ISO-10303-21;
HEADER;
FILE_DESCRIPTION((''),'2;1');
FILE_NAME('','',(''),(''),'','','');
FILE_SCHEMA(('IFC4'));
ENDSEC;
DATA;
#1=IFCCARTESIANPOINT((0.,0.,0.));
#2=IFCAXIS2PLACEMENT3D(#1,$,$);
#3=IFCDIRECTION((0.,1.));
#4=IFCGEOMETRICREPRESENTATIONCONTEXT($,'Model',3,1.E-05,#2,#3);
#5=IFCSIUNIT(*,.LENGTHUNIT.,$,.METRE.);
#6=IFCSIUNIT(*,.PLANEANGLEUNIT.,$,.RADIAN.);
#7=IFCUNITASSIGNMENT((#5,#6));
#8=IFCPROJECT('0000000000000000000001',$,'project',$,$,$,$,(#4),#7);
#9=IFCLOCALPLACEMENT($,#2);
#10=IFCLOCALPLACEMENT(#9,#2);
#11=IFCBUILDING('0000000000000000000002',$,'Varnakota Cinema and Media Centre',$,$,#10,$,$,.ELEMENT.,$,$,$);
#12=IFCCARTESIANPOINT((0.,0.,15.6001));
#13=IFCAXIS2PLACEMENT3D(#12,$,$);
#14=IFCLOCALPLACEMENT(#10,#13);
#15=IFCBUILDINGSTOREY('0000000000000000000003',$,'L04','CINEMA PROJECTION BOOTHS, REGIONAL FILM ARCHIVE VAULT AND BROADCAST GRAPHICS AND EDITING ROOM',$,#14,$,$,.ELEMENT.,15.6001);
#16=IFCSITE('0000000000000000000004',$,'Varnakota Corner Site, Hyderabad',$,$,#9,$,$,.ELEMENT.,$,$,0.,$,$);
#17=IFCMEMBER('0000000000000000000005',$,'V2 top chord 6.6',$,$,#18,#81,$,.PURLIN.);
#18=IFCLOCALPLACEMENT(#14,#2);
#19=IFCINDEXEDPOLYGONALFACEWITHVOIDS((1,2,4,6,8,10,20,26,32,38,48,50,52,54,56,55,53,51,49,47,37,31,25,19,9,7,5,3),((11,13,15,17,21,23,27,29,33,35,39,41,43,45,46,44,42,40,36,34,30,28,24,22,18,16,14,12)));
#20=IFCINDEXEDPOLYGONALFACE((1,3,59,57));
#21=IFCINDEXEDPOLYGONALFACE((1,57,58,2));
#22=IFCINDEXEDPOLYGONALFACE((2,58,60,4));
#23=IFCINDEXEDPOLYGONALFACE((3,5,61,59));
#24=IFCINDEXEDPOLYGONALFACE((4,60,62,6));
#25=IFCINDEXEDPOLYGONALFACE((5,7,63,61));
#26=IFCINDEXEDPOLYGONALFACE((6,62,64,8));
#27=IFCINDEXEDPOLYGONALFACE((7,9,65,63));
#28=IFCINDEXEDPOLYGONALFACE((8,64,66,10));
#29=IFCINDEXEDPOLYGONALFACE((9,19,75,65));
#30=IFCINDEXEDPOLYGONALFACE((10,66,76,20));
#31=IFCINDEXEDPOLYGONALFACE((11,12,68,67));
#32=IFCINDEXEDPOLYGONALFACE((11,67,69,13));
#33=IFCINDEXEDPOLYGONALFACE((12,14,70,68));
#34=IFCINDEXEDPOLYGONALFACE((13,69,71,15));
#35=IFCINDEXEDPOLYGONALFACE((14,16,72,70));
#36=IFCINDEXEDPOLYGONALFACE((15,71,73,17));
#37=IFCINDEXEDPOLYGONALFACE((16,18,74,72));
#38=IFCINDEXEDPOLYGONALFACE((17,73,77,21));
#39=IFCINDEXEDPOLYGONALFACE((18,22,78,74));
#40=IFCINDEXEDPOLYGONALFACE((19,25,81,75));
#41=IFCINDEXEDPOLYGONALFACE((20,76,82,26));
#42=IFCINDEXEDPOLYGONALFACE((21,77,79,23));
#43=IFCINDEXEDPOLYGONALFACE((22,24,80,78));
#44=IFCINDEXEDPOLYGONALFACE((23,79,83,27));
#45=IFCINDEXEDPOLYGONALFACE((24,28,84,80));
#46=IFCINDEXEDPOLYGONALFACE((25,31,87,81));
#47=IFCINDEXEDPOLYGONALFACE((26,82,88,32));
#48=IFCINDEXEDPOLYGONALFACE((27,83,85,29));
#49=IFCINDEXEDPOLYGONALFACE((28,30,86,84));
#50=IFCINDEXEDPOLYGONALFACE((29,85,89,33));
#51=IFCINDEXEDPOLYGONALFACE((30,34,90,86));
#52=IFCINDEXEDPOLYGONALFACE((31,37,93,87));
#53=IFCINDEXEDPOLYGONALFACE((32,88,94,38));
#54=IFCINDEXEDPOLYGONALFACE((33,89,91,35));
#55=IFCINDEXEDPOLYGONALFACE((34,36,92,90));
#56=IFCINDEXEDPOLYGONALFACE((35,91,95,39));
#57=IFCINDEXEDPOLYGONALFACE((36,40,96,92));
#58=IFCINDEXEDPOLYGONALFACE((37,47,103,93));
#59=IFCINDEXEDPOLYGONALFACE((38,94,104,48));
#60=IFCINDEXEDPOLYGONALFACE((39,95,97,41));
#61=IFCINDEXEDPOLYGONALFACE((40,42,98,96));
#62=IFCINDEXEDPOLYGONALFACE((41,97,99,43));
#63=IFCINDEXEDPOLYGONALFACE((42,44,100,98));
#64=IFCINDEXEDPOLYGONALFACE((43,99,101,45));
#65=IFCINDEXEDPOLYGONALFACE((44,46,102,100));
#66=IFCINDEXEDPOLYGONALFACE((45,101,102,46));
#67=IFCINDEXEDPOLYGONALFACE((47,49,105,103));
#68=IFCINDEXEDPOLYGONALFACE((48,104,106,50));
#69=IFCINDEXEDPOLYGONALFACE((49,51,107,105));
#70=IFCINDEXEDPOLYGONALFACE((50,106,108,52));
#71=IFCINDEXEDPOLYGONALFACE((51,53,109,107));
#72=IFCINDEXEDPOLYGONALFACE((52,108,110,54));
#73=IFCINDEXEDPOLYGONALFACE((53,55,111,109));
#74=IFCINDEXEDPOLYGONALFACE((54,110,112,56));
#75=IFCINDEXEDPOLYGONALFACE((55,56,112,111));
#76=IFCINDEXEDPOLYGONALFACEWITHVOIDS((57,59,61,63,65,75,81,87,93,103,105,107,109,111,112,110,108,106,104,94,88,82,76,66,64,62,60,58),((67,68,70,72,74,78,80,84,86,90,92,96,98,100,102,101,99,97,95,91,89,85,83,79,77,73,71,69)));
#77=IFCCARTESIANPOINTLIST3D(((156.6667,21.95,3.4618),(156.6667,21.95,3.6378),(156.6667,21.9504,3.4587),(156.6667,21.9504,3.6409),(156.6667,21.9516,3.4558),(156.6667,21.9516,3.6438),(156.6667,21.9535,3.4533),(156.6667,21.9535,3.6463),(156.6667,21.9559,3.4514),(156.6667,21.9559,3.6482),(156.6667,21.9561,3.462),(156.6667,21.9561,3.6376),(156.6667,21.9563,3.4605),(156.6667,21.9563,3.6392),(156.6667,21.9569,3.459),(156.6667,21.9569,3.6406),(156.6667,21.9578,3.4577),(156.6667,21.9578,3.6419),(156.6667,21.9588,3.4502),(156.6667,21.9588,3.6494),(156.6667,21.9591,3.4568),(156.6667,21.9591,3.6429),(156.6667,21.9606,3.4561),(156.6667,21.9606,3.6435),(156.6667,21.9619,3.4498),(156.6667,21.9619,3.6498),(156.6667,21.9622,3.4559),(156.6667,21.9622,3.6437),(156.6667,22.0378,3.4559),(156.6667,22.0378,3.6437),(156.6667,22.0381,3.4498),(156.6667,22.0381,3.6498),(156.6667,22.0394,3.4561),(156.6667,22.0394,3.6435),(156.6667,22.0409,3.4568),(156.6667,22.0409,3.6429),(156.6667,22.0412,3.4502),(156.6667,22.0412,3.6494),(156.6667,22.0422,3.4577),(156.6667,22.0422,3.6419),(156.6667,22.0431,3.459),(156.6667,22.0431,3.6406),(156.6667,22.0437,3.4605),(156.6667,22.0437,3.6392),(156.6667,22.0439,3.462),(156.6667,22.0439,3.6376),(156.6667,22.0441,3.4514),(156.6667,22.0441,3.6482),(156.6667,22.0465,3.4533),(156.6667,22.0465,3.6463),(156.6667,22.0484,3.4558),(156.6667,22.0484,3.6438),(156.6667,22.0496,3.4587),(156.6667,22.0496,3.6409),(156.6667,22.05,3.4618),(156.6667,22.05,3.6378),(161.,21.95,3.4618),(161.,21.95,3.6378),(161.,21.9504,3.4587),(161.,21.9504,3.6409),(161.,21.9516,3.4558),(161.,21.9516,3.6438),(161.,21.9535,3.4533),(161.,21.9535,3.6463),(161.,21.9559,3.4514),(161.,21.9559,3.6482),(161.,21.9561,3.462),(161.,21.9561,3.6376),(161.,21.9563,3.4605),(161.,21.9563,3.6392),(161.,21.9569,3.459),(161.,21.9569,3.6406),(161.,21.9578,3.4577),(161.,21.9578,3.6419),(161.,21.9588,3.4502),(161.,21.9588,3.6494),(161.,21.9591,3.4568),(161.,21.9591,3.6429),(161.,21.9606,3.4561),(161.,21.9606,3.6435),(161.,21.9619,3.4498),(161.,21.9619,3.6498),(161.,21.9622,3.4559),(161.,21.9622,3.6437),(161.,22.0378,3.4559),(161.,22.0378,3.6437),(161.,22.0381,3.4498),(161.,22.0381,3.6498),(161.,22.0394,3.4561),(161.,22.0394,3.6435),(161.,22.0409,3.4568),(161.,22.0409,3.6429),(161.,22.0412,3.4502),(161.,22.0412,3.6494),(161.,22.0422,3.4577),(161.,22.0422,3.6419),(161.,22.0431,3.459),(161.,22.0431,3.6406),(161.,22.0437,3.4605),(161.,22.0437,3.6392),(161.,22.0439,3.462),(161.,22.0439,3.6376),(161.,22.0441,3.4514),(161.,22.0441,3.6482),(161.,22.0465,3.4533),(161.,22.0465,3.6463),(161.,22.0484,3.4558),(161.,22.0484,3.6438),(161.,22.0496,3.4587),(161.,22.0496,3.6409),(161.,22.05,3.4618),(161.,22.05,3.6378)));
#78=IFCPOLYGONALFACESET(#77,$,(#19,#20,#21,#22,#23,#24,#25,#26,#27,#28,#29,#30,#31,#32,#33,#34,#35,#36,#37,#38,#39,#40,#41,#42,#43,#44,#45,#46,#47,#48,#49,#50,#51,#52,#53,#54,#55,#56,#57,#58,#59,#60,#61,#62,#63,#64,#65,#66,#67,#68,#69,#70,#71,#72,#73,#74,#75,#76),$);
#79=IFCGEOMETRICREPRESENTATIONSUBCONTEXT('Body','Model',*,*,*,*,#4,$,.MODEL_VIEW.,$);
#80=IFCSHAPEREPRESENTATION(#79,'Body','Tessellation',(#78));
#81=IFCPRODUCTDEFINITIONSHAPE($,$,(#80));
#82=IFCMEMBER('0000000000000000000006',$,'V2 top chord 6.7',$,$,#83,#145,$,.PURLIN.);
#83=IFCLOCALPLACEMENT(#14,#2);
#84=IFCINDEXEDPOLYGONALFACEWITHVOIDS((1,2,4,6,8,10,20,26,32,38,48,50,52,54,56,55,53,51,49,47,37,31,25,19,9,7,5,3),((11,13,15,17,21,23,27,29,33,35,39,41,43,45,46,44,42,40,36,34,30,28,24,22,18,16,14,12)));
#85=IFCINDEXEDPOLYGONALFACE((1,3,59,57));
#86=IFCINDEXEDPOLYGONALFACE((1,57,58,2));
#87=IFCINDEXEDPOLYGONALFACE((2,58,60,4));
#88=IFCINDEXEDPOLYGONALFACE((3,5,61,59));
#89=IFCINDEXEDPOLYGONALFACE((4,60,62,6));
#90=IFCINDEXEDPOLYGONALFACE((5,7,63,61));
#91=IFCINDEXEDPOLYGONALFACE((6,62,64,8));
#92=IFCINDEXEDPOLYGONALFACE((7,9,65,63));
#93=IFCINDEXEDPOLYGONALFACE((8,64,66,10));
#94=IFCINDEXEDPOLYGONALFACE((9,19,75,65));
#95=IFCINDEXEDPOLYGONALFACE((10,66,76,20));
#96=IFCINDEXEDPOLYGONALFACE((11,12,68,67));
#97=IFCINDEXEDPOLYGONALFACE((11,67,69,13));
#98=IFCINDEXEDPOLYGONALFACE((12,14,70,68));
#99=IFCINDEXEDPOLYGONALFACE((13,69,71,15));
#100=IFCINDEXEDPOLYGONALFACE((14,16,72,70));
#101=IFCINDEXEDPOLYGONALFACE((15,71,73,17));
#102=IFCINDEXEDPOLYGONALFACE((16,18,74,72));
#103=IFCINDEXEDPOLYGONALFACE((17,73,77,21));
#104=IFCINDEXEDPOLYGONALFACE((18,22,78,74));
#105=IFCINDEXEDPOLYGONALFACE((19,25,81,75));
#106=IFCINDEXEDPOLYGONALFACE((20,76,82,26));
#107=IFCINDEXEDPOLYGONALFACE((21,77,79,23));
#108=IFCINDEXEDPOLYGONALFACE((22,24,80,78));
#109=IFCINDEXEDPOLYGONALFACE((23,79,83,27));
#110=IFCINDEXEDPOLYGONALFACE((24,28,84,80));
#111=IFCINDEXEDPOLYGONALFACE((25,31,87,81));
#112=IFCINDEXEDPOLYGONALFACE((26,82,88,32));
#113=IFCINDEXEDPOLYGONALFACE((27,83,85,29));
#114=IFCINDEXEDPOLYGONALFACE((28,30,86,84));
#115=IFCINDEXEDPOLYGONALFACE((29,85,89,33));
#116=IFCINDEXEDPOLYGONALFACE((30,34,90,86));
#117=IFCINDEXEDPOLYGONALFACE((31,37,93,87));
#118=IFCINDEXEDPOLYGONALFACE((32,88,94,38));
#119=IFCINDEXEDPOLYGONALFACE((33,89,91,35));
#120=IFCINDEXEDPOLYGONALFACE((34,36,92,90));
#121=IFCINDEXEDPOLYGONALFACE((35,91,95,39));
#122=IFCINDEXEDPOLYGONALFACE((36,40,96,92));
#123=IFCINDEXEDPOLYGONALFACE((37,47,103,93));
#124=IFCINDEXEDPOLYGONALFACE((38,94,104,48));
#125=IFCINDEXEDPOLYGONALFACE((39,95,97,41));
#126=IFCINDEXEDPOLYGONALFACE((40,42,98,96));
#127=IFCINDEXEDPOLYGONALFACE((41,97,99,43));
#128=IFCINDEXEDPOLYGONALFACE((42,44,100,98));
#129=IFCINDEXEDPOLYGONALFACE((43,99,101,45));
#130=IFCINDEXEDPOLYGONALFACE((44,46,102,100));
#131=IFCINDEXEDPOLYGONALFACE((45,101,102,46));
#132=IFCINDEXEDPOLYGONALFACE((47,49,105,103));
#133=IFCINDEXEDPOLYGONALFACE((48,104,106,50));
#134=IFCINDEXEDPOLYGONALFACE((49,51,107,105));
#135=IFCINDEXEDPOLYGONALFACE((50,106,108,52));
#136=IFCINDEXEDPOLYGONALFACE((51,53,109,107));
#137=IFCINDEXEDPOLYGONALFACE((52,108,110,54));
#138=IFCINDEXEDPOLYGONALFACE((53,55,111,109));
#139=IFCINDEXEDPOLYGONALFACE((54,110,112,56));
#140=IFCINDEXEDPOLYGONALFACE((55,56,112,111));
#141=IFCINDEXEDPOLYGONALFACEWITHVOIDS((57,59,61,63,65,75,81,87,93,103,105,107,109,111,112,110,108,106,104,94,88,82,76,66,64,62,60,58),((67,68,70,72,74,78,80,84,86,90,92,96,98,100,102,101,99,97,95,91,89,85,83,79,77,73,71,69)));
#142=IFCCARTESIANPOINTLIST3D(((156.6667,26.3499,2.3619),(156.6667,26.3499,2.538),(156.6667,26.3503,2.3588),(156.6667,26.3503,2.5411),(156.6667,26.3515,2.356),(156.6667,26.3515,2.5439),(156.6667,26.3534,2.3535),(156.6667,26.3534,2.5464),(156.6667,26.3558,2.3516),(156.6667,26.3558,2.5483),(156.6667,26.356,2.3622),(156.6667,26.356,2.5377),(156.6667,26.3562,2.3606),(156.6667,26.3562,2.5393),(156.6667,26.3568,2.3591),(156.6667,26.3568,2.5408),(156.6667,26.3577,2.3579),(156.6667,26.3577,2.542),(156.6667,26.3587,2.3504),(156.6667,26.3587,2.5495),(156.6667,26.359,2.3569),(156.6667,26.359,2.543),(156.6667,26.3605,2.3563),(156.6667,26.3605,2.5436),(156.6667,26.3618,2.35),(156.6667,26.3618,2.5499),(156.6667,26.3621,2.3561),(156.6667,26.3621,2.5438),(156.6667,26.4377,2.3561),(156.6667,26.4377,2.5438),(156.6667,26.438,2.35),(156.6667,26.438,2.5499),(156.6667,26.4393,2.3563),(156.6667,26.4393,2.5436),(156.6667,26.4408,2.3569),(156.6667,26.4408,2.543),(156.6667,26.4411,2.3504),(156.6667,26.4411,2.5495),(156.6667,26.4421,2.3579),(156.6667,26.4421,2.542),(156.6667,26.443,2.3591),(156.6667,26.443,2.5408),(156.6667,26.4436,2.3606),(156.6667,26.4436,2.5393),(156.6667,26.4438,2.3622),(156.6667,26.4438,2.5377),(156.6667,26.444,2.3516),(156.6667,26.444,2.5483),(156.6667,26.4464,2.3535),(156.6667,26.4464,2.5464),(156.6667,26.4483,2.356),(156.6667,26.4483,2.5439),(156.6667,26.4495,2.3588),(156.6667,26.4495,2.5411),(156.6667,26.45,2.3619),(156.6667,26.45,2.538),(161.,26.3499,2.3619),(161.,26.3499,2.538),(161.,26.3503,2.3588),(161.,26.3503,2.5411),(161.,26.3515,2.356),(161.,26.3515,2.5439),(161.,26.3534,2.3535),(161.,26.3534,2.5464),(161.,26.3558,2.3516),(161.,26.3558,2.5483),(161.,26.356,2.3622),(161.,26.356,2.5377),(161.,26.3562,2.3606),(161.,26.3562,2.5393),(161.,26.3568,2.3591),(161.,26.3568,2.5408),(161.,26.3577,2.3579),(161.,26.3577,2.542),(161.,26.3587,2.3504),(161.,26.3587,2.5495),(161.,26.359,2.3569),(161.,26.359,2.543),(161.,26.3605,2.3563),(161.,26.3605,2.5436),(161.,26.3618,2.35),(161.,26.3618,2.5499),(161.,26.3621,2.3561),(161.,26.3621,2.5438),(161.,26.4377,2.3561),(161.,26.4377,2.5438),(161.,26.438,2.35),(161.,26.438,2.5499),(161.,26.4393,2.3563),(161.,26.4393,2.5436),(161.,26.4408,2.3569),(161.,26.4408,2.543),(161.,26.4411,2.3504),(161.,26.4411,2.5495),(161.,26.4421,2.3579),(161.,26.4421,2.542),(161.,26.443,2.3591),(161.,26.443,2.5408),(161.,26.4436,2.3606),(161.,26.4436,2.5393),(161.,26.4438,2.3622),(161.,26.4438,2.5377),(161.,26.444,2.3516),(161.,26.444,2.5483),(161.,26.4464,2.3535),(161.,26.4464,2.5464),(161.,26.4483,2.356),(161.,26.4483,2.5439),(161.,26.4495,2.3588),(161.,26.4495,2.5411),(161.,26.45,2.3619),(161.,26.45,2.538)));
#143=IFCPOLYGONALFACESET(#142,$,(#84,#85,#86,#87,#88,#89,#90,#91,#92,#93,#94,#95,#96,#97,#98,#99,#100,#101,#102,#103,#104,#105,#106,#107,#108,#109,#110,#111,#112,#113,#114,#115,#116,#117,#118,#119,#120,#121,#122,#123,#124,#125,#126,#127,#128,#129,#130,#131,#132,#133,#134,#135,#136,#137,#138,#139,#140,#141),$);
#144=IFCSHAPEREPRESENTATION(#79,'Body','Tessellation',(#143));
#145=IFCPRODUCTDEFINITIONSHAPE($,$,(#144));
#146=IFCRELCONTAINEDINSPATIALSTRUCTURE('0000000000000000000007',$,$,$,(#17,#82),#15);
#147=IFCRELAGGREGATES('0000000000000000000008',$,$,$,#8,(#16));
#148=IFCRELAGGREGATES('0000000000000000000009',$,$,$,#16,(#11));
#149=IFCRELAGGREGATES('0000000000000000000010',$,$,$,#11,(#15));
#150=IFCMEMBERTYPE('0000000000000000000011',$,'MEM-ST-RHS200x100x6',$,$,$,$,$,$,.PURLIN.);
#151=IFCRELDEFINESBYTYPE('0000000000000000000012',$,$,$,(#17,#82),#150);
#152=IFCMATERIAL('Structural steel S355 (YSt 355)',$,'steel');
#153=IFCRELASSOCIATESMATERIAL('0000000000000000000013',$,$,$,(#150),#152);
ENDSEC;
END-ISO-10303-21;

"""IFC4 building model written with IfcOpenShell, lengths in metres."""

from ifc_helpers import new_model, si_unit, direction, frame, origin, origin_2d, place, context, subcontext, project, spatial, hollow_rectangle, extrude, material, material_profile, profile_set, type_object, element, save


model = new_model("IFC4")

# Units and contexts
model_context = context("Model", 3, precision=1e-05, world=origin(), true_north=direction((0.0, 1.0)))
body_context = subcontext(model_context, "Body", "Model", "MODEL_VIEW")
ifc_project = project(units=[si_unit("LENGTHUNIT", "METRE"), si_unit("PLANEANGLEUNIT", "RADIAN")], contexts=[model_context])

# Site, building, storey
site_placement = place(None, origin())
site = spatial("IfcSite", under=ifc_project, at=site_placement, Name="Varnakota Corner Site, Hyderabad", CompositionType="ELEMENT", RefElevation=0.0)
building_placement = place(site_placement, origin())
building = spatial("IfcBuilding", under=site, at=building_placement, Name="Varnakota Cinema and Media Centre", CompositionType="ELEMENT")
storey_placement = place(building_placement, frame((0.0, 0.0, 15.6001)))
storey = spatial("IfcBuildingStorey", under=building, at=storey_placement, Name="L04", Description="CINEMA PROJECTION BOOTHS, REGIONAL FILM ARCHIVE VAULT AND BROADCAST GRAPHICS AND EDITING ROOM", CompositionType="ELEMENT", Elevation=15.6001)

# Members
ifc_material_1 = material(Name="Structural steel S355 (YSt 355)", Category="steel")
ifc_material_profile_1 = material_profile(ifc_material_1, hollow_rectangle(XDim=0.1001, YDim=0.2, WallThickness=0.0061, InnerFilletRadius=0.0061, OuterFilletRadius=0.012, at=origin_2d()), Name="RHS 200x100x6")
ifc_profile_set_1 = profile_set([ifc_material_profile_1], Name="Structural steel S355 (YSt 355)")
member_type_1 = type_object("IfcMemberType", Name="MEM-ST-RHS200x100x6", PredefinedType="PURLIN", material=ifc_profile_set_1)
for number, where, z_axis, x_axis, name in (
    (1, (156.6667, 22.0, 3.5498), (1.0, 0.0, 0.0), (0.0, 1.0, 0.0), "V2 top chord 6.6"),
    (2, (156.6667, 26.3999, 2.45), (1.0, 0.0, 0.0), (0.0, 1.0, 0.0), "V2 top chord 6.7"),
):
    element("IfcMember", number, at=place(storey_placement, frame(where, z_axis=z_axis, x_axis=x_axis)), inside=storey, type_object=member_type_1, Name=name, PredefinedType="PURLIN", context=body_context, shape_type="SweptSolid", body=[
        extrude(hollow_rectangle(XDim=0.1001, YDim=0.2, WallThickness=0.0061, InnerFilletRadius=0.0061, OuterFilletRadius=0.012, at=origin_2d()), origin(), (0.0, 0.0, 1.0), 4.3333),
    ])

save(model, "model.ifc")
